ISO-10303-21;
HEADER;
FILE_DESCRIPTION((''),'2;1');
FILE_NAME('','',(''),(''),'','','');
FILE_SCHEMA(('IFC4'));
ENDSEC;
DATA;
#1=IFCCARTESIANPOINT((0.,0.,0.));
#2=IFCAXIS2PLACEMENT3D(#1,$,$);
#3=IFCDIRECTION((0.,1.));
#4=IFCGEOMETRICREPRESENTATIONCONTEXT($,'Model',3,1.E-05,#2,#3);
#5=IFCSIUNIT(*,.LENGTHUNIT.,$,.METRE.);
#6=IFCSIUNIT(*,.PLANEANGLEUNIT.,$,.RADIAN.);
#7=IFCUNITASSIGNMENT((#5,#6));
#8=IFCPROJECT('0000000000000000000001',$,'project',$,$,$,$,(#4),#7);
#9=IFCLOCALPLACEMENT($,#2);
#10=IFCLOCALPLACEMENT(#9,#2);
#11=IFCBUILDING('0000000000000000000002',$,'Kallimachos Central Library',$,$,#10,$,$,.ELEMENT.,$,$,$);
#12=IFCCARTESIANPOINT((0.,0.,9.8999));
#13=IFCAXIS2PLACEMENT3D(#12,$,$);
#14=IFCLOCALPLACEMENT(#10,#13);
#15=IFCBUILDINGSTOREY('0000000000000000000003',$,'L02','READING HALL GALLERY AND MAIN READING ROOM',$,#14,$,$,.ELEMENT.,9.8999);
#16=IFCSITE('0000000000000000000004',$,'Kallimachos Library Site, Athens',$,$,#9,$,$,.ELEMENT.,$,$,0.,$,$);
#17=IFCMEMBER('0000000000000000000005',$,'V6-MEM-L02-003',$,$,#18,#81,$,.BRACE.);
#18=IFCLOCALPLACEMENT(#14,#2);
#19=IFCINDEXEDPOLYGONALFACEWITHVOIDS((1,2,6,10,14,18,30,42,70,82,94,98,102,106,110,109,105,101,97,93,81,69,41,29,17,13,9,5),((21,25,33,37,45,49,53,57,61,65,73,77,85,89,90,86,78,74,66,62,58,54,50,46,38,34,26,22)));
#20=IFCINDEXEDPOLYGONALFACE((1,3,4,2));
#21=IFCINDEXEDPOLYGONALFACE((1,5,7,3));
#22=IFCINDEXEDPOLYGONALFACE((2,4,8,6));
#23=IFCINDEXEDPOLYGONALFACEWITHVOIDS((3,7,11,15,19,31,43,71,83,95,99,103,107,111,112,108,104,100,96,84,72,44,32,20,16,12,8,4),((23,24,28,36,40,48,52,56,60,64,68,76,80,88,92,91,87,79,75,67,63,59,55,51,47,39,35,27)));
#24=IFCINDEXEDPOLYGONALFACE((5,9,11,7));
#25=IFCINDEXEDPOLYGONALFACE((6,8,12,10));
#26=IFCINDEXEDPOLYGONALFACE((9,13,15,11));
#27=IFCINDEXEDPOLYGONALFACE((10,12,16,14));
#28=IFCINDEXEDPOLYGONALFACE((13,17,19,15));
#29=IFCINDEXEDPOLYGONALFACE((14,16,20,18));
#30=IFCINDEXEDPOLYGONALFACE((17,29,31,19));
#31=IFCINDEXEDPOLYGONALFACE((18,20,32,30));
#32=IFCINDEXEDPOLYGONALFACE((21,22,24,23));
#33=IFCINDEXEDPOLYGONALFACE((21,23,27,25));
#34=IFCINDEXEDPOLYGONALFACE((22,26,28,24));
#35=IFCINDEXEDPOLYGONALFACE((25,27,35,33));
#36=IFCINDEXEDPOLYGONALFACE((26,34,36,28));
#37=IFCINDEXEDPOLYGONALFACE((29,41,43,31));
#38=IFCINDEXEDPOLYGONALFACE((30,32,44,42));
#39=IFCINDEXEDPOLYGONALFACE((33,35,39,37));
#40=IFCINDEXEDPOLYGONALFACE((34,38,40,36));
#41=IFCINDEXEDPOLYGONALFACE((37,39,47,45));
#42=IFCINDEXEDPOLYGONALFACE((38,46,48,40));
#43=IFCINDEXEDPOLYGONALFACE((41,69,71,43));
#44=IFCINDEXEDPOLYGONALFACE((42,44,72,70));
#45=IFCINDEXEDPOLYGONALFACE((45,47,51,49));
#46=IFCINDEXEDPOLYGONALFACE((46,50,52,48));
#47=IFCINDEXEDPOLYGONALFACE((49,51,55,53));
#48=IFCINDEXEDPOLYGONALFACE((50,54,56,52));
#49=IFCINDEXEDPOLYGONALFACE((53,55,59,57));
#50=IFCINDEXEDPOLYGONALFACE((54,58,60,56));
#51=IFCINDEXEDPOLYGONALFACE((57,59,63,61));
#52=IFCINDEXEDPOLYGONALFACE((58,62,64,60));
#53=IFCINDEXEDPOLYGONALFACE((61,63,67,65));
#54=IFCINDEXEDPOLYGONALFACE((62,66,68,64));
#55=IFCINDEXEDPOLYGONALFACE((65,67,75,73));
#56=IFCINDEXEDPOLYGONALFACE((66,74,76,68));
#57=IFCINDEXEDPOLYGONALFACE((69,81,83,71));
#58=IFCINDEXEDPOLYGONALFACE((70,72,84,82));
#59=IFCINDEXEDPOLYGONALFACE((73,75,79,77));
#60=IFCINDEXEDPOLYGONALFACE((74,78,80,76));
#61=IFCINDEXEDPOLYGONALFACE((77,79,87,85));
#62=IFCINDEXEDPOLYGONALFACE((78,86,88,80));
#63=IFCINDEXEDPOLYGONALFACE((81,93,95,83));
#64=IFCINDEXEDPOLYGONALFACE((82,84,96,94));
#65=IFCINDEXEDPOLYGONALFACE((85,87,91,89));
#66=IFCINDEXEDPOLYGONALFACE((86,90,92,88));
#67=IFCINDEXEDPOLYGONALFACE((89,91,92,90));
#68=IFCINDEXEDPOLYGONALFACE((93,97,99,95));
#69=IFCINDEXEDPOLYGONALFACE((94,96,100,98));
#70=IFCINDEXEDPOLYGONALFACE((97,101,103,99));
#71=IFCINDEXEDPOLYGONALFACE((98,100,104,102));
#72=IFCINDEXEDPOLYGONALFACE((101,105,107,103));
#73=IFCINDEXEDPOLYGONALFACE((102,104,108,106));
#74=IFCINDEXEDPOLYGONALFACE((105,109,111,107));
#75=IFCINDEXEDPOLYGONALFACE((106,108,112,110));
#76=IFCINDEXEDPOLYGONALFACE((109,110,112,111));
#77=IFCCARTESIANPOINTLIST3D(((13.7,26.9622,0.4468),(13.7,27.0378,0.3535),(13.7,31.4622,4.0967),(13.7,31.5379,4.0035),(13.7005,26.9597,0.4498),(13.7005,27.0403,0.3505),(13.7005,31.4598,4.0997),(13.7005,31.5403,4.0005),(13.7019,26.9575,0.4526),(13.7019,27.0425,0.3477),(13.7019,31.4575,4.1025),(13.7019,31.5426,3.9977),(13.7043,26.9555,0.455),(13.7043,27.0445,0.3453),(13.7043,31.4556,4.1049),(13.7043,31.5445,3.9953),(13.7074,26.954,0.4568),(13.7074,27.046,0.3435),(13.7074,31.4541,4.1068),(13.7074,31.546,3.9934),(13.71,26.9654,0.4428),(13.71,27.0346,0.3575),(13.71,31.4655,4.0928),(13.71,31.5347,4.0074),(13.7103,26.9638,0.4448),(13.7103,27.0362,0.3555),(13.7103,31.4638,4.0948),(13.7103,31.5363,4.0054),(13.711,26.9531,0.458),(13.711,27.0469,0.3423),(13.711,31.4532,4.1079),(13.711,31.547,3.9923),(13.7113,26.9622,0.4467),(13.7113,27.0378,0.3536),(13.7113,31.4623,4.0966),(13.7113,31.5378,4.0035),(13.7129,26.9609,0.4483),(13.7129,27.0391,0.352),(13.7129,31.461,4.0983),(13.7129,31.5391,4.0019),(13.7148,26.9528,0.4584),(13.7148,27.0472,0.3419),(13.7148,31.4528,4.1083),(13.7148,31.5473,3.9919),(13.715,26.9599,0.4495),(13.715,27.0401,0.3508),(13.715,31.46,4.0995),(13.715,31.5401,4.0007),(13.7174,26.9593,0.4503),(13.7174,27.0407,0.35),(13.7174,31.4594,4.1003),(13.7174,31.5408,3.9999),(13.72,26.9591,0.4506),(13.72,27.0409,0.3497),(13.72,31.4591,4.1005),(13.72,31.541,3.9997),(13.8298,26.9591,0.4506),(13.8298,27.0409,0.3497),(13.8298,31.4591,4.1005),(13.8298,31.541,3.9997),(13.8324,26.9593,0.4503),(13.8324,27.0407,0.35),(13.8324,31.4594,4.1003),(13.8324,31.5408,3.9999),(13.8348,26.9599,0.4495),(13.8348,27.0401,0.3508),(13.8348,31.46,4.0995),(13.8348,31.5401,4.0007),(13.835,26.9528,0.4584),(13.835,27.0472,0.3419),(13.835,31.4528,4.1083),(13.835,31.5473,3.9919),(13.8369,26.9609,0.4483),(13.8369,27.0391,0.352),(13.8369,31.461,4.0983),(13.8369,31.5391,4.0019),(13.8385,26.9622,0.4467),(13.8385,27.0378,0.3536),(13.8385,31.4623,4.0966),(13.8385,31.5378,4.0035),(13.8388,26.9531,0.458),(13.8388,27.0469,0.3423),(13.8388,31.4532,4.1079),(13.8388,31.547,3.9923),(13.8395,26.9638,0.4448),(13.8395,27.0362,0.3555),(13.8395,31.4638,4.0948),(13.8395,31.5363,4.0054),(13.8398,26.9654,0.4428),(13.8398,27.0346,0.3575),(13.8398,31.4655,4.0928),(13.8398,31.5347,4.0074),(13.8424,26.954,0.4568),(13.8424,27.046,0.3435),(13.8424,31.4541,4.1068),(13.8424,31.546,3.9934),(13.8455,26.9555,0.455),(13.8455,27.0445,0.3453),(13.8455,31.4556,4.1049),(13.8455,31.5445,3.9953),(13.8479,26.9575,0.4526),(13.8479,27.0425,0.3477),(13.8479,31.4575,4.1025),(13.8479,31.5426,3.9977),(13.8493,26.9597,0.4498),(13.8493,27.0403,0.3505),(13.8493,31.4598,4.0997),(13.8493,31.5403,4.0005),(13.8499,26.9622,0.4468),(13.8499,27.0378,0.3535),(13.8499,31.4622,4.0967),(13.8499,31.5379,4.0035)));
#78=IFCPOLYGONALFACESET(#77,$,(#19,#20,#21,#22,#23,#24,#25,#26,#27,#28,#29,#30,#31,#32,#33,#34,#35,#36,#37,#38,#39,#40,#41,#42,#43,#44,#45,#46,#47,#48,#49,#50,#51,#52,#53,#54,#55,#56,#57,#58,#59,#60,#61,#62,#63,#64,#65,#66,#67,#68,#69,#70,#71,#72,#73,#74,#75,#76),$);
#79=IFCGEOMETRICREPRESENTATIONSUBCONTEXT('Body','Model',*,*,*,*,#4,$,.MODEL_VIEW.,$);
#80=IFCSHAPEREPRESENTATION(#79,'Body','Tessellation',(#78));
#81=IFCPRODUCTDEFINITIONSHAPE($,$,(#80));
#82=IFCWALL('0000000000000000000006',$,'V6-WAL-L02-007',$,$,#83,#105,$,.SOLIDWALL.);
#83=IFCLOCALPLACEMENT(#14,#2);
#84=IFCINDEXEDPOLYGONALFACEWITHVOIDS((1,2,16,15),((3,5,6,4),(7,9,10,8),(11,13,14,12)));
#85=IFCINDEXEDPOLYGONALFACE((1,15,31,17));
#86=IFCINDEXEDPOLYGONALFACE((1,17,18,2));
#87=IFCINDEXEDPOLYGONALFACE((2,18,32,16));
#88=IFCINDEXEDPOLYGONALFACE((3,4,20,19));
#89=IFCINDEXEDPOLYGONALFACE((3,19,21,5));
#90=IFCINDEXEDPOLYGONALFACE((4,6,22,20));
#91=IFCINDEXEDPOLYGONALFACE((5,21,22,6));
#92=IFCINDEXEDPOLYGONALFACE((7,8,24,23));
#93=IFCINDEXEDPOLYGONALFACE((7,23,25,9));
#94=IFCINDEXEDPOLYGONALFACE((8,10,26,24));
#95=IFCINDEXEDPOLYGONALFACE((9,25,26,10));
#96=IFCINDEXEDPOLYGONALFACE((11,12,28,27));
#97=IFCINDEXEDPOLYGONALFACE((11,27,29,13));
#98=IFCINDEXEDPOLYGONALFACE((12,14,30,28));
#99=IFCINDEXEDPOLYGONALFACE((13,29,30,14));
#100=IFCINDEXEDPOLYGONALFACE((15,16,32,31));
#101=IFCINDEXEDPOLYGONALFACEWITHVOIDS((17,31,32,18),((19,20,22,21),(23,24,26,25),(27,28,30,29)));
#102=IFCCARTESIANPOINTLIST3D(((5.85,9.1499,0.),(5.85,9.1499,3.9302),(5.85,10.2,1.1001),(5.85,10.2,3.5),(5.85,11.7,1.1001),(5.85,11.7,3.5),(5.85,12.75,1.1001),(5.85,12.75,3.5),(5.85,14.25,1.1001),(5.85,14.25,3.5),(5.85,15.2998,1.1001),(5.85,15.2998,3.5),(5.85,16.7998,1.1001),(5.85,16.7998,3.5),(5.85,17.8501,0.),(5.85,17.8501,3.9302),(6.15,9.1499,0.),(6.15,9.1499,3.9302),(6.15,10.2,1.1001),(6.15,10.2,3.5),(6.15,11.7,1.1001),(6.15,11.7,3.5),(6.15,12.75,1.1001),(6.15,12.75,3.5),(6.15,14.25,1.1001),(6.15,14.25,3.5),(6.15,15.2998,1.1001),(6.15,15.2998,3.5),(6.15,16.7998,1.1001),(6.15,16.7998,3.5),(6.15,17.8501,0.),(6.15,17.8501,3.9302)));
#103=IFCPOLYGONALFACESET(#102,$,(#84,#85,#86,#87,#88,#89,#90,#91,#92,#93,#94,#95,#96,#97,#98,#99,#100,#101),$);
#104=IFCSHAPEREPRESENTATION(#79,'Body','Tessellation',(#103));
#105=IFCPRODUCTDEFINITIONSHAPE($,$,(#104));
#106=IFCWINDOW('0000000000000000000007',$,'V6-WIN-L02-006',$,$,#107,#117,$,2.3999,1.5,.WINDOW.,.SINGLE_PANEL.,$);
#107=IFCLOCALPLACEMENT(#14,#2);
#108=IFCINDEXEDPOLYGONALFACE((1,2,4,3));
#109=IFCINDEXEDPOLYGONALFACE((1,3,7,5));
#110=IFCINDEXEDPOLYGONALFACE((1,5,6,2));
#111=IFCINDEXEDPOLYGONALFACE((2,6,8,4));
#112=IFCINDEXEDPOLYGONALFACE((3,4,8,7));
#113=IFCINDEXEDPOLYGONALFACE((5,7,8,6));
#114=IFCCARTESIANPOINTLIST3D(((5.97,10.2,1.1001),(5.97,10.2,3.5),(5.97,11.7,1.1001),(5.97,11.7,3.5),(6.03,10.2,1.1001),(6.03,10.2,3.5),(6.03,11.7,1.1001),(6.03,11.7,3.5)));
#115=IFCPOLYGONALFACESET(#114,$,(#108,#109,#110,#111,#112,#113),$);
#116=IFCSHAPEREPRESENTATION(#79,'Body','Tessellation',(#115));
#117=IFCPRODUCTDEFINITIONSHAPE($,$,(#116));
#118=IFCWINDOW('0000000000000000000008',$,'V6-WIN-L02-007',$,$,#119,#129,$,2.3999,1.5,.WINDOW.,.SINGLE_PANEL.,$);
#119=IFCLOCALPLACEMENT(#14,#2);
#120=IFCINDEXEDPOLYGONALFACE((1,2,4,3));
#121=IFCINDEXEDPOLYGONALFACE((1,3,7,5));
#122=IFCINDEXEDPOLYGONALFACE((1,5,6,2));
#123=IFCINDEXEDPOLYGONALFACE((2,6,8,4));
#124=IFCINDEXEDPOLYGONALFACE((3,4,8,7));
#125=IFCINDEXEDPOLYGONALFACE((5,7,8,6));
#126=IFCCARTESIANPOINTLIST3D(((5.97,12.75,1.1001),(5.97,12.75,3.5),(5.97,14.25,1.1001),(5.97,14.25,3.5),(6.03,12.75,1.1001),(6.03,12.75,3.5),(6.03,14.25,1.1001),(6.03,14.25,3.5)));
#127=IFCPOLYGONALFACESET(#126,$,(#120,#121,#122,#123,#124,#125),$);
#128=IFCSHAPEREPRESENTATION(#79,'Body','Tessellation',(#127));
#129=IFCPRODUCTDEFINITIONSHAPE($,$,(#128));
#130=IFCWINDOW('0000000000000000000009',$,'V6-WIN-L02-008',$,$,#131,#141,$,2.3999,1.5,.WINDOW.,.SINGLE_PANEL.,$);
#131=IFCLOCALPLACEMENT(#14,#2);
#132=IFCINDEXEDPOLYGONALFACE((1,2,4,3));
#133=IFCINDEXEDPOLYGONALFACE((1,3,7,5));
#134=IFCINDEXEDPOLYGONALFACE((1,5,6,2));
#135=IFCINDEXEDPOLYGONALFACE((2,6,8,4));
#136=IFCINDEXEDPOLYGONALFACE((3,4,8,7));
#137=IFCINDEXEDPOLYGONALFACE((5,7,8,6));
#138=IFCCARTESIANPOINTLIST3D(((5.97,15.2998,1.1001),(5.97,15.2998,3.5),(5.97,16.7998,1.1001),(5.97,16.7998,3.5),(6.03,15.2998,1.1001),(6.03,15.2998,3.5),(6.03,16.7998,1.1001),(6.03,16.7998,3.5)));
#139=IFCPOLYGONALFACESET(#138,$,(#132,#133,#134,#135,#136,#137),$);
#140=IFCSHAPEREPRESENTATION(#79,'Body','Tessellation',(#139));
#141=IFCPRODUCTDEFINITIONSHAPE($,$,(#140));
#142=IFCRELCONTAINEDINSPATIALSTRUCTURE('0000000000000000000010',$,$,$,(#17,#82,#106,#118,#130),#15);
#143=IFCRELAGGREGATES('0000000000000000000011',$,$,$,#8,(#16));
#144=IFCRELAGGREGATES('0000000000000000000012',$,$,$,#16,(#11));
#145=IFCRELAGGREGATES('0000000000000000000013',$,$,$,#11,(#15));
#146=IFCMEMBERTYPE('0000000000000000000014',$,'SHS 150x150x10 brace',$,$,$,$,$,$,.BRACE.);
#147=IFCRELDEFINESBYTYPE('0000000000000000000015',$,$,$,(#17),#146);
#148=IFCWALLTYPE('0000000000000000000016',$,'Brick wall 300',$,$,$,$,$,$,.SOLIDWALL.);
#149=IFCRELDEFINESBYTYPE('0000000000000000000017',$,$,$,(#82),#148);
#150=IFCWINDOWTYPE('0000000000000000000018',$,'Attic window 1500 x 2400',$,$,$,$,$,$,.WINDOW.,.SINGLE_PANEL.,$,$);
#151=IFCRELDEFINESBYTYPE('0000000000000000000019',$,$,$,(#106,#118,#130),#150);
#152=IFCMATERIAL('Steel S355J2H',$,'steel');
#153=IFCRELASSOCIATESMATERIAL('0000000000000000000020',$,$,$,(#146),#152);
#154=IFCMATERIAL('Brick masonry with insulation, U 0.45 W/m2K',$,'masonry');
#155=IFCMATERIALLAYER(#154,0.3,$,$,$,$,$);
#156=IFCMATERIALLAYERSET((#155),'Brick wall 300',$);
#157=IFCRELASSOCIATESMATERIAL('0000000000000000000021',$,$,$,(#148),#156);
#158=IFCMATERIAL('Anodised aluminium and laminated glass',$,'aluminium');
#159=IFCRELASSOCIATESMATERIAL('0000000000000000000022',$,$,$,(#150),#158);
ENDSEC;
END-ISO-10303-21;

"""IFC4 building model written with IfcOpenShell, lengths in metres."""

from ifc_helpers import new_model, si_unit, direction, frame, frame_2d, origin, origin_2d, place, context, subcontext, project, spatial, rectangle, hollow_rectangle, extrude, material, layer, layer_set, material_profile, profile_set, type_object, element, fill, save


model = new_model("IFC4")

# Units and contexts
model_context = context("Model", 3, precision=1e-05, world=origin(), true_north=direction((0.0, 1.0)))
body_context = subcontext(model_context, "Body", "Model", "MODEL_VIEW")
ifc_project = project(units=[si_unit("LENGTHUNIT", "METRE"), si_unit("PLANEANGLEUNIT", "RADIAN")], contexts=[model_context])

# Site, building, storey
site_placement = place(None, origin())
site = spatial("IfcSite", under=ifc_project, at=site_placement, Name="Kallimachos Library Site, Athens", CompositionType="ELEMENT", RefElevation=0.0)
building_placement = place(site_placement, origin())
building = spatial("IfcBuilding", under=site, at=building_placement, Name="Kallimachos Central Library", CompositionType="ELEMENT")
storey_placement = place(building_placement, frame((0.0, 0.0, 9.8999)))
storey = spatial("IfcBuildingStorey", under=building, at=storey_placement, Name="L02", Description="READING HALL GALLERY AND MAIN READING ROOM", CompositionType="ELEMENT", Elevation=9.8999)

# Member
ifc_material_1 = material(Name="Steel S355J2H", Category="steel")
ifc_material_profile_1 = material_profile(ifc_material_1, hollow_rectangle(XDim=0.1499, YDim=0.1499, WallThickness=0.01, InnerFilletRadius=0.01, OuterFilletRadius=0.0149, at=origin_2d()), Name="SHS 150x150x10")
ifc_profile_set_1 = profile_set([ifc_material_profile_1], Name="Steel S355J2H")
member_type = type_object("IfcMemberType", Name="SHS 150x150x10 brace", PredefinedType="BRACE", material=ifc_profile_set_1)
member_placement = place(storey_placement, frame((13.7749, 27.0, 0.4001), z_axis=(0.0, 0.77665, 0.629932), x_axis=(-1.0, 0.0, 0.0)))
element("IfcMember", 1, at=member_placement, inside=storey, type_object=member_type, Name="V6-MEM-L02-003", PredefinedType="BRACE", context=body_context, shape_type="SweptSolid", body=[
    extrude(hollow_rectangle(XDim=0.1499, YDim=0.1499, WallThickness=0.01, InnerFilletRadius=0.01, OuterFilletRadius=0.0149, at=origin_2d()), origin(), (0.0, 0.0, 1.0), 5.7942),
])

# Wall, openings, windows
ifc_material_2 = material(Name="Brick masonry with insulation, U 0.45 W/m2K", Category="masonry")
ifc_layer_1 = layer(ifc_material_2, 0.3)
ifc_layer_set_1 = layer_set([ifc_layer_1], Name="Brick wall 300")
wall_type_1 = type_object("IfcWallType", Name="Brick wall 300", PredefinedType="SOLIDWALL", material=ifc_layer_set_1)
wall_1_placement = place(storey_placement, frame((6.0, 9.1499, 0.0), z_axis=(0.0, 0.0, 1.0), x_axis=(0.0, 1.0, 0.0)))
wall_1 = element("IfcWall", 2, at=wall_1_placement, inside=storey, type_object=wall_type_1, Name="V6-WAL-L02-007", PredefinedType="SOLIDWALL", context=body_context, shape_type="SweptSolid", body=[
    extrude(rectangle(XDim=8.7002, YDim=0.3, at=frame_2d((4.3501, 0.0))), origin(), (0.0, 0.0, 1.0), 3.9302),
])
opening_1_placement = place(wall_1_placement, frame((1.05, 0.0, 1.1001)))
opening_1 = element("IfcOpeningElement", 3, at=opening_1_placement, cuts=wall_1, PredefinedType="OPENING", context=body_context, shape_type="SweptSolid", body=[
    extrude(rectangle(XDim=1.5, YDim=2.3999, at=frame_2d((0.75, 1.2))), frame((0.0, 0.1599, 0.0), z_axis=(0.0, -1.0, 0.0), x_axis=(1.0, 0.0, 0.0)), (0.0, 0.0, 1.0), 0.3201),
])
opening_2_placement = place(wall_1_placement, frame((3.6001, 0.0, 1.1001)))
opening_2 = element("IfcOpeningElement", 4, at=opening_2_placement, cuts=wall_1, PredefinedType="OPENING", context=body_context, shape_type="SweptSolid", body=[
    extrude(rectangle(XDim=1.5, YDim=2.3999, at=frame_2d((0.75, 1.2))), frame((0.0, 0.1599, 0.0), z_axis=(0.0, -1.0, 0.0), x_axis=(1.0, 0.0, 0.0)), (0.0, 0.0, 1.0), 0.3201),
])
opening_3_placement = place(wall_1_placement, frame((6.1499, 0.0, 1.1001)))
opening_3 = element("IfcOpeningElement", 5, at=opening_3_placement, cuts=wall_1, PredefinedType="OPENING", context=body_context, shape_type="SweptSolid", body=[
    extrude(rectangle(XDim=1.5, YDim=2.3999, at=frame_2d((0.75, 1.2))), frame((0.0, 0.1599, 0.0), z_axis=(0.0, -1.0, 0.0), x_axis=(1.0, 0.0, 0.0)), (0.0, 0.0, 1.0), 0.3201),
])
ifc_material_3 = material(Name="Anodised aluminium and laminated glass", Category="aluminium")
window_type = type_object("IfcWindowType", Name="Attic window 1500 x 2400", PartitioningType="SINGLE_PANEL", PredefinedType="WINDOW", material=ifc_material_3)
window_1_placement = place(opening_1_placement, origin())
window_1 = element("IfcWindow", 6, at=window_1_placement, inside=storey, type_object=window_type, Name="V6-WIN-L02-006", OverallHeight=2.3999, OverallWidth=1.5, PartitioningType="SINGLE_PANEL", PredefinedType="WINDOW", context=body_context, shape_type="SweptSolid", body=[
    extrude(rectangle(XDim=1.5, YDim=2.3999, at=frame_2d((0.75, 1.2))), frame((0.0, 0.03, 0.0), z_axis=(0.0, -1.0, 0.0), x_axis=(1.0, 0.0, 0.0)), (0.0, 0.0, 1.0), 0.0601),
])
fill(opening_1, window_1)
window_2_placement = place(opening_2_placement, origin())
window_2 = element("IfcWindow", 7, at=window_2_placement, inside=storey, type_object=window_type, Name="V6-WIN-L02-007", OverallHeight=2.3999, OverallWidth=1.5, PartitioningType="SINGLE_PANEL", PredefinedType="WINDOW", context=body_context, shape_type="SweptSolid", body=[
    extrude(rectangle(XDim=1.5, YDim=2.3999, at=frame_2d((0.75, 1.2))), frame((0.0, 0.03, 0.0), z_axis=(0.0, -1.0, 0.0), x_axis=(1.0, 0.0, 0.0)), (0.0, 0.0, 1.0), 0.0601),
])
fill(opening_2, window_2)
window_3_placement = place(opening_3_placement, origin())
window_3 = element("IfcWindow", 8, at=window_3_placement, inside=storey, type_object=window_type, Name="V6-WIN-L02-008", OverallHeight=2.3999, OverallWidth=1.5, PartitioningType="SINGLE_PANEL", PredefinedType="WINDOW", context=body_context, shape_type="SweptSolid", body=[
    extrude(rectangle(XDim=1.5, YDim=2.3999, at=frame_2d((0.75, 1.2))), frame((0.0, 0.03, 0.0), z_axis=(0.0, -1.0, 0.0), x_axis=(1.0, 0.0, 0.0)), (0.0, 0.0, 1.0), 0.0601),
])
fill(opening_3, window_3)

save(model, "model.ifc")
